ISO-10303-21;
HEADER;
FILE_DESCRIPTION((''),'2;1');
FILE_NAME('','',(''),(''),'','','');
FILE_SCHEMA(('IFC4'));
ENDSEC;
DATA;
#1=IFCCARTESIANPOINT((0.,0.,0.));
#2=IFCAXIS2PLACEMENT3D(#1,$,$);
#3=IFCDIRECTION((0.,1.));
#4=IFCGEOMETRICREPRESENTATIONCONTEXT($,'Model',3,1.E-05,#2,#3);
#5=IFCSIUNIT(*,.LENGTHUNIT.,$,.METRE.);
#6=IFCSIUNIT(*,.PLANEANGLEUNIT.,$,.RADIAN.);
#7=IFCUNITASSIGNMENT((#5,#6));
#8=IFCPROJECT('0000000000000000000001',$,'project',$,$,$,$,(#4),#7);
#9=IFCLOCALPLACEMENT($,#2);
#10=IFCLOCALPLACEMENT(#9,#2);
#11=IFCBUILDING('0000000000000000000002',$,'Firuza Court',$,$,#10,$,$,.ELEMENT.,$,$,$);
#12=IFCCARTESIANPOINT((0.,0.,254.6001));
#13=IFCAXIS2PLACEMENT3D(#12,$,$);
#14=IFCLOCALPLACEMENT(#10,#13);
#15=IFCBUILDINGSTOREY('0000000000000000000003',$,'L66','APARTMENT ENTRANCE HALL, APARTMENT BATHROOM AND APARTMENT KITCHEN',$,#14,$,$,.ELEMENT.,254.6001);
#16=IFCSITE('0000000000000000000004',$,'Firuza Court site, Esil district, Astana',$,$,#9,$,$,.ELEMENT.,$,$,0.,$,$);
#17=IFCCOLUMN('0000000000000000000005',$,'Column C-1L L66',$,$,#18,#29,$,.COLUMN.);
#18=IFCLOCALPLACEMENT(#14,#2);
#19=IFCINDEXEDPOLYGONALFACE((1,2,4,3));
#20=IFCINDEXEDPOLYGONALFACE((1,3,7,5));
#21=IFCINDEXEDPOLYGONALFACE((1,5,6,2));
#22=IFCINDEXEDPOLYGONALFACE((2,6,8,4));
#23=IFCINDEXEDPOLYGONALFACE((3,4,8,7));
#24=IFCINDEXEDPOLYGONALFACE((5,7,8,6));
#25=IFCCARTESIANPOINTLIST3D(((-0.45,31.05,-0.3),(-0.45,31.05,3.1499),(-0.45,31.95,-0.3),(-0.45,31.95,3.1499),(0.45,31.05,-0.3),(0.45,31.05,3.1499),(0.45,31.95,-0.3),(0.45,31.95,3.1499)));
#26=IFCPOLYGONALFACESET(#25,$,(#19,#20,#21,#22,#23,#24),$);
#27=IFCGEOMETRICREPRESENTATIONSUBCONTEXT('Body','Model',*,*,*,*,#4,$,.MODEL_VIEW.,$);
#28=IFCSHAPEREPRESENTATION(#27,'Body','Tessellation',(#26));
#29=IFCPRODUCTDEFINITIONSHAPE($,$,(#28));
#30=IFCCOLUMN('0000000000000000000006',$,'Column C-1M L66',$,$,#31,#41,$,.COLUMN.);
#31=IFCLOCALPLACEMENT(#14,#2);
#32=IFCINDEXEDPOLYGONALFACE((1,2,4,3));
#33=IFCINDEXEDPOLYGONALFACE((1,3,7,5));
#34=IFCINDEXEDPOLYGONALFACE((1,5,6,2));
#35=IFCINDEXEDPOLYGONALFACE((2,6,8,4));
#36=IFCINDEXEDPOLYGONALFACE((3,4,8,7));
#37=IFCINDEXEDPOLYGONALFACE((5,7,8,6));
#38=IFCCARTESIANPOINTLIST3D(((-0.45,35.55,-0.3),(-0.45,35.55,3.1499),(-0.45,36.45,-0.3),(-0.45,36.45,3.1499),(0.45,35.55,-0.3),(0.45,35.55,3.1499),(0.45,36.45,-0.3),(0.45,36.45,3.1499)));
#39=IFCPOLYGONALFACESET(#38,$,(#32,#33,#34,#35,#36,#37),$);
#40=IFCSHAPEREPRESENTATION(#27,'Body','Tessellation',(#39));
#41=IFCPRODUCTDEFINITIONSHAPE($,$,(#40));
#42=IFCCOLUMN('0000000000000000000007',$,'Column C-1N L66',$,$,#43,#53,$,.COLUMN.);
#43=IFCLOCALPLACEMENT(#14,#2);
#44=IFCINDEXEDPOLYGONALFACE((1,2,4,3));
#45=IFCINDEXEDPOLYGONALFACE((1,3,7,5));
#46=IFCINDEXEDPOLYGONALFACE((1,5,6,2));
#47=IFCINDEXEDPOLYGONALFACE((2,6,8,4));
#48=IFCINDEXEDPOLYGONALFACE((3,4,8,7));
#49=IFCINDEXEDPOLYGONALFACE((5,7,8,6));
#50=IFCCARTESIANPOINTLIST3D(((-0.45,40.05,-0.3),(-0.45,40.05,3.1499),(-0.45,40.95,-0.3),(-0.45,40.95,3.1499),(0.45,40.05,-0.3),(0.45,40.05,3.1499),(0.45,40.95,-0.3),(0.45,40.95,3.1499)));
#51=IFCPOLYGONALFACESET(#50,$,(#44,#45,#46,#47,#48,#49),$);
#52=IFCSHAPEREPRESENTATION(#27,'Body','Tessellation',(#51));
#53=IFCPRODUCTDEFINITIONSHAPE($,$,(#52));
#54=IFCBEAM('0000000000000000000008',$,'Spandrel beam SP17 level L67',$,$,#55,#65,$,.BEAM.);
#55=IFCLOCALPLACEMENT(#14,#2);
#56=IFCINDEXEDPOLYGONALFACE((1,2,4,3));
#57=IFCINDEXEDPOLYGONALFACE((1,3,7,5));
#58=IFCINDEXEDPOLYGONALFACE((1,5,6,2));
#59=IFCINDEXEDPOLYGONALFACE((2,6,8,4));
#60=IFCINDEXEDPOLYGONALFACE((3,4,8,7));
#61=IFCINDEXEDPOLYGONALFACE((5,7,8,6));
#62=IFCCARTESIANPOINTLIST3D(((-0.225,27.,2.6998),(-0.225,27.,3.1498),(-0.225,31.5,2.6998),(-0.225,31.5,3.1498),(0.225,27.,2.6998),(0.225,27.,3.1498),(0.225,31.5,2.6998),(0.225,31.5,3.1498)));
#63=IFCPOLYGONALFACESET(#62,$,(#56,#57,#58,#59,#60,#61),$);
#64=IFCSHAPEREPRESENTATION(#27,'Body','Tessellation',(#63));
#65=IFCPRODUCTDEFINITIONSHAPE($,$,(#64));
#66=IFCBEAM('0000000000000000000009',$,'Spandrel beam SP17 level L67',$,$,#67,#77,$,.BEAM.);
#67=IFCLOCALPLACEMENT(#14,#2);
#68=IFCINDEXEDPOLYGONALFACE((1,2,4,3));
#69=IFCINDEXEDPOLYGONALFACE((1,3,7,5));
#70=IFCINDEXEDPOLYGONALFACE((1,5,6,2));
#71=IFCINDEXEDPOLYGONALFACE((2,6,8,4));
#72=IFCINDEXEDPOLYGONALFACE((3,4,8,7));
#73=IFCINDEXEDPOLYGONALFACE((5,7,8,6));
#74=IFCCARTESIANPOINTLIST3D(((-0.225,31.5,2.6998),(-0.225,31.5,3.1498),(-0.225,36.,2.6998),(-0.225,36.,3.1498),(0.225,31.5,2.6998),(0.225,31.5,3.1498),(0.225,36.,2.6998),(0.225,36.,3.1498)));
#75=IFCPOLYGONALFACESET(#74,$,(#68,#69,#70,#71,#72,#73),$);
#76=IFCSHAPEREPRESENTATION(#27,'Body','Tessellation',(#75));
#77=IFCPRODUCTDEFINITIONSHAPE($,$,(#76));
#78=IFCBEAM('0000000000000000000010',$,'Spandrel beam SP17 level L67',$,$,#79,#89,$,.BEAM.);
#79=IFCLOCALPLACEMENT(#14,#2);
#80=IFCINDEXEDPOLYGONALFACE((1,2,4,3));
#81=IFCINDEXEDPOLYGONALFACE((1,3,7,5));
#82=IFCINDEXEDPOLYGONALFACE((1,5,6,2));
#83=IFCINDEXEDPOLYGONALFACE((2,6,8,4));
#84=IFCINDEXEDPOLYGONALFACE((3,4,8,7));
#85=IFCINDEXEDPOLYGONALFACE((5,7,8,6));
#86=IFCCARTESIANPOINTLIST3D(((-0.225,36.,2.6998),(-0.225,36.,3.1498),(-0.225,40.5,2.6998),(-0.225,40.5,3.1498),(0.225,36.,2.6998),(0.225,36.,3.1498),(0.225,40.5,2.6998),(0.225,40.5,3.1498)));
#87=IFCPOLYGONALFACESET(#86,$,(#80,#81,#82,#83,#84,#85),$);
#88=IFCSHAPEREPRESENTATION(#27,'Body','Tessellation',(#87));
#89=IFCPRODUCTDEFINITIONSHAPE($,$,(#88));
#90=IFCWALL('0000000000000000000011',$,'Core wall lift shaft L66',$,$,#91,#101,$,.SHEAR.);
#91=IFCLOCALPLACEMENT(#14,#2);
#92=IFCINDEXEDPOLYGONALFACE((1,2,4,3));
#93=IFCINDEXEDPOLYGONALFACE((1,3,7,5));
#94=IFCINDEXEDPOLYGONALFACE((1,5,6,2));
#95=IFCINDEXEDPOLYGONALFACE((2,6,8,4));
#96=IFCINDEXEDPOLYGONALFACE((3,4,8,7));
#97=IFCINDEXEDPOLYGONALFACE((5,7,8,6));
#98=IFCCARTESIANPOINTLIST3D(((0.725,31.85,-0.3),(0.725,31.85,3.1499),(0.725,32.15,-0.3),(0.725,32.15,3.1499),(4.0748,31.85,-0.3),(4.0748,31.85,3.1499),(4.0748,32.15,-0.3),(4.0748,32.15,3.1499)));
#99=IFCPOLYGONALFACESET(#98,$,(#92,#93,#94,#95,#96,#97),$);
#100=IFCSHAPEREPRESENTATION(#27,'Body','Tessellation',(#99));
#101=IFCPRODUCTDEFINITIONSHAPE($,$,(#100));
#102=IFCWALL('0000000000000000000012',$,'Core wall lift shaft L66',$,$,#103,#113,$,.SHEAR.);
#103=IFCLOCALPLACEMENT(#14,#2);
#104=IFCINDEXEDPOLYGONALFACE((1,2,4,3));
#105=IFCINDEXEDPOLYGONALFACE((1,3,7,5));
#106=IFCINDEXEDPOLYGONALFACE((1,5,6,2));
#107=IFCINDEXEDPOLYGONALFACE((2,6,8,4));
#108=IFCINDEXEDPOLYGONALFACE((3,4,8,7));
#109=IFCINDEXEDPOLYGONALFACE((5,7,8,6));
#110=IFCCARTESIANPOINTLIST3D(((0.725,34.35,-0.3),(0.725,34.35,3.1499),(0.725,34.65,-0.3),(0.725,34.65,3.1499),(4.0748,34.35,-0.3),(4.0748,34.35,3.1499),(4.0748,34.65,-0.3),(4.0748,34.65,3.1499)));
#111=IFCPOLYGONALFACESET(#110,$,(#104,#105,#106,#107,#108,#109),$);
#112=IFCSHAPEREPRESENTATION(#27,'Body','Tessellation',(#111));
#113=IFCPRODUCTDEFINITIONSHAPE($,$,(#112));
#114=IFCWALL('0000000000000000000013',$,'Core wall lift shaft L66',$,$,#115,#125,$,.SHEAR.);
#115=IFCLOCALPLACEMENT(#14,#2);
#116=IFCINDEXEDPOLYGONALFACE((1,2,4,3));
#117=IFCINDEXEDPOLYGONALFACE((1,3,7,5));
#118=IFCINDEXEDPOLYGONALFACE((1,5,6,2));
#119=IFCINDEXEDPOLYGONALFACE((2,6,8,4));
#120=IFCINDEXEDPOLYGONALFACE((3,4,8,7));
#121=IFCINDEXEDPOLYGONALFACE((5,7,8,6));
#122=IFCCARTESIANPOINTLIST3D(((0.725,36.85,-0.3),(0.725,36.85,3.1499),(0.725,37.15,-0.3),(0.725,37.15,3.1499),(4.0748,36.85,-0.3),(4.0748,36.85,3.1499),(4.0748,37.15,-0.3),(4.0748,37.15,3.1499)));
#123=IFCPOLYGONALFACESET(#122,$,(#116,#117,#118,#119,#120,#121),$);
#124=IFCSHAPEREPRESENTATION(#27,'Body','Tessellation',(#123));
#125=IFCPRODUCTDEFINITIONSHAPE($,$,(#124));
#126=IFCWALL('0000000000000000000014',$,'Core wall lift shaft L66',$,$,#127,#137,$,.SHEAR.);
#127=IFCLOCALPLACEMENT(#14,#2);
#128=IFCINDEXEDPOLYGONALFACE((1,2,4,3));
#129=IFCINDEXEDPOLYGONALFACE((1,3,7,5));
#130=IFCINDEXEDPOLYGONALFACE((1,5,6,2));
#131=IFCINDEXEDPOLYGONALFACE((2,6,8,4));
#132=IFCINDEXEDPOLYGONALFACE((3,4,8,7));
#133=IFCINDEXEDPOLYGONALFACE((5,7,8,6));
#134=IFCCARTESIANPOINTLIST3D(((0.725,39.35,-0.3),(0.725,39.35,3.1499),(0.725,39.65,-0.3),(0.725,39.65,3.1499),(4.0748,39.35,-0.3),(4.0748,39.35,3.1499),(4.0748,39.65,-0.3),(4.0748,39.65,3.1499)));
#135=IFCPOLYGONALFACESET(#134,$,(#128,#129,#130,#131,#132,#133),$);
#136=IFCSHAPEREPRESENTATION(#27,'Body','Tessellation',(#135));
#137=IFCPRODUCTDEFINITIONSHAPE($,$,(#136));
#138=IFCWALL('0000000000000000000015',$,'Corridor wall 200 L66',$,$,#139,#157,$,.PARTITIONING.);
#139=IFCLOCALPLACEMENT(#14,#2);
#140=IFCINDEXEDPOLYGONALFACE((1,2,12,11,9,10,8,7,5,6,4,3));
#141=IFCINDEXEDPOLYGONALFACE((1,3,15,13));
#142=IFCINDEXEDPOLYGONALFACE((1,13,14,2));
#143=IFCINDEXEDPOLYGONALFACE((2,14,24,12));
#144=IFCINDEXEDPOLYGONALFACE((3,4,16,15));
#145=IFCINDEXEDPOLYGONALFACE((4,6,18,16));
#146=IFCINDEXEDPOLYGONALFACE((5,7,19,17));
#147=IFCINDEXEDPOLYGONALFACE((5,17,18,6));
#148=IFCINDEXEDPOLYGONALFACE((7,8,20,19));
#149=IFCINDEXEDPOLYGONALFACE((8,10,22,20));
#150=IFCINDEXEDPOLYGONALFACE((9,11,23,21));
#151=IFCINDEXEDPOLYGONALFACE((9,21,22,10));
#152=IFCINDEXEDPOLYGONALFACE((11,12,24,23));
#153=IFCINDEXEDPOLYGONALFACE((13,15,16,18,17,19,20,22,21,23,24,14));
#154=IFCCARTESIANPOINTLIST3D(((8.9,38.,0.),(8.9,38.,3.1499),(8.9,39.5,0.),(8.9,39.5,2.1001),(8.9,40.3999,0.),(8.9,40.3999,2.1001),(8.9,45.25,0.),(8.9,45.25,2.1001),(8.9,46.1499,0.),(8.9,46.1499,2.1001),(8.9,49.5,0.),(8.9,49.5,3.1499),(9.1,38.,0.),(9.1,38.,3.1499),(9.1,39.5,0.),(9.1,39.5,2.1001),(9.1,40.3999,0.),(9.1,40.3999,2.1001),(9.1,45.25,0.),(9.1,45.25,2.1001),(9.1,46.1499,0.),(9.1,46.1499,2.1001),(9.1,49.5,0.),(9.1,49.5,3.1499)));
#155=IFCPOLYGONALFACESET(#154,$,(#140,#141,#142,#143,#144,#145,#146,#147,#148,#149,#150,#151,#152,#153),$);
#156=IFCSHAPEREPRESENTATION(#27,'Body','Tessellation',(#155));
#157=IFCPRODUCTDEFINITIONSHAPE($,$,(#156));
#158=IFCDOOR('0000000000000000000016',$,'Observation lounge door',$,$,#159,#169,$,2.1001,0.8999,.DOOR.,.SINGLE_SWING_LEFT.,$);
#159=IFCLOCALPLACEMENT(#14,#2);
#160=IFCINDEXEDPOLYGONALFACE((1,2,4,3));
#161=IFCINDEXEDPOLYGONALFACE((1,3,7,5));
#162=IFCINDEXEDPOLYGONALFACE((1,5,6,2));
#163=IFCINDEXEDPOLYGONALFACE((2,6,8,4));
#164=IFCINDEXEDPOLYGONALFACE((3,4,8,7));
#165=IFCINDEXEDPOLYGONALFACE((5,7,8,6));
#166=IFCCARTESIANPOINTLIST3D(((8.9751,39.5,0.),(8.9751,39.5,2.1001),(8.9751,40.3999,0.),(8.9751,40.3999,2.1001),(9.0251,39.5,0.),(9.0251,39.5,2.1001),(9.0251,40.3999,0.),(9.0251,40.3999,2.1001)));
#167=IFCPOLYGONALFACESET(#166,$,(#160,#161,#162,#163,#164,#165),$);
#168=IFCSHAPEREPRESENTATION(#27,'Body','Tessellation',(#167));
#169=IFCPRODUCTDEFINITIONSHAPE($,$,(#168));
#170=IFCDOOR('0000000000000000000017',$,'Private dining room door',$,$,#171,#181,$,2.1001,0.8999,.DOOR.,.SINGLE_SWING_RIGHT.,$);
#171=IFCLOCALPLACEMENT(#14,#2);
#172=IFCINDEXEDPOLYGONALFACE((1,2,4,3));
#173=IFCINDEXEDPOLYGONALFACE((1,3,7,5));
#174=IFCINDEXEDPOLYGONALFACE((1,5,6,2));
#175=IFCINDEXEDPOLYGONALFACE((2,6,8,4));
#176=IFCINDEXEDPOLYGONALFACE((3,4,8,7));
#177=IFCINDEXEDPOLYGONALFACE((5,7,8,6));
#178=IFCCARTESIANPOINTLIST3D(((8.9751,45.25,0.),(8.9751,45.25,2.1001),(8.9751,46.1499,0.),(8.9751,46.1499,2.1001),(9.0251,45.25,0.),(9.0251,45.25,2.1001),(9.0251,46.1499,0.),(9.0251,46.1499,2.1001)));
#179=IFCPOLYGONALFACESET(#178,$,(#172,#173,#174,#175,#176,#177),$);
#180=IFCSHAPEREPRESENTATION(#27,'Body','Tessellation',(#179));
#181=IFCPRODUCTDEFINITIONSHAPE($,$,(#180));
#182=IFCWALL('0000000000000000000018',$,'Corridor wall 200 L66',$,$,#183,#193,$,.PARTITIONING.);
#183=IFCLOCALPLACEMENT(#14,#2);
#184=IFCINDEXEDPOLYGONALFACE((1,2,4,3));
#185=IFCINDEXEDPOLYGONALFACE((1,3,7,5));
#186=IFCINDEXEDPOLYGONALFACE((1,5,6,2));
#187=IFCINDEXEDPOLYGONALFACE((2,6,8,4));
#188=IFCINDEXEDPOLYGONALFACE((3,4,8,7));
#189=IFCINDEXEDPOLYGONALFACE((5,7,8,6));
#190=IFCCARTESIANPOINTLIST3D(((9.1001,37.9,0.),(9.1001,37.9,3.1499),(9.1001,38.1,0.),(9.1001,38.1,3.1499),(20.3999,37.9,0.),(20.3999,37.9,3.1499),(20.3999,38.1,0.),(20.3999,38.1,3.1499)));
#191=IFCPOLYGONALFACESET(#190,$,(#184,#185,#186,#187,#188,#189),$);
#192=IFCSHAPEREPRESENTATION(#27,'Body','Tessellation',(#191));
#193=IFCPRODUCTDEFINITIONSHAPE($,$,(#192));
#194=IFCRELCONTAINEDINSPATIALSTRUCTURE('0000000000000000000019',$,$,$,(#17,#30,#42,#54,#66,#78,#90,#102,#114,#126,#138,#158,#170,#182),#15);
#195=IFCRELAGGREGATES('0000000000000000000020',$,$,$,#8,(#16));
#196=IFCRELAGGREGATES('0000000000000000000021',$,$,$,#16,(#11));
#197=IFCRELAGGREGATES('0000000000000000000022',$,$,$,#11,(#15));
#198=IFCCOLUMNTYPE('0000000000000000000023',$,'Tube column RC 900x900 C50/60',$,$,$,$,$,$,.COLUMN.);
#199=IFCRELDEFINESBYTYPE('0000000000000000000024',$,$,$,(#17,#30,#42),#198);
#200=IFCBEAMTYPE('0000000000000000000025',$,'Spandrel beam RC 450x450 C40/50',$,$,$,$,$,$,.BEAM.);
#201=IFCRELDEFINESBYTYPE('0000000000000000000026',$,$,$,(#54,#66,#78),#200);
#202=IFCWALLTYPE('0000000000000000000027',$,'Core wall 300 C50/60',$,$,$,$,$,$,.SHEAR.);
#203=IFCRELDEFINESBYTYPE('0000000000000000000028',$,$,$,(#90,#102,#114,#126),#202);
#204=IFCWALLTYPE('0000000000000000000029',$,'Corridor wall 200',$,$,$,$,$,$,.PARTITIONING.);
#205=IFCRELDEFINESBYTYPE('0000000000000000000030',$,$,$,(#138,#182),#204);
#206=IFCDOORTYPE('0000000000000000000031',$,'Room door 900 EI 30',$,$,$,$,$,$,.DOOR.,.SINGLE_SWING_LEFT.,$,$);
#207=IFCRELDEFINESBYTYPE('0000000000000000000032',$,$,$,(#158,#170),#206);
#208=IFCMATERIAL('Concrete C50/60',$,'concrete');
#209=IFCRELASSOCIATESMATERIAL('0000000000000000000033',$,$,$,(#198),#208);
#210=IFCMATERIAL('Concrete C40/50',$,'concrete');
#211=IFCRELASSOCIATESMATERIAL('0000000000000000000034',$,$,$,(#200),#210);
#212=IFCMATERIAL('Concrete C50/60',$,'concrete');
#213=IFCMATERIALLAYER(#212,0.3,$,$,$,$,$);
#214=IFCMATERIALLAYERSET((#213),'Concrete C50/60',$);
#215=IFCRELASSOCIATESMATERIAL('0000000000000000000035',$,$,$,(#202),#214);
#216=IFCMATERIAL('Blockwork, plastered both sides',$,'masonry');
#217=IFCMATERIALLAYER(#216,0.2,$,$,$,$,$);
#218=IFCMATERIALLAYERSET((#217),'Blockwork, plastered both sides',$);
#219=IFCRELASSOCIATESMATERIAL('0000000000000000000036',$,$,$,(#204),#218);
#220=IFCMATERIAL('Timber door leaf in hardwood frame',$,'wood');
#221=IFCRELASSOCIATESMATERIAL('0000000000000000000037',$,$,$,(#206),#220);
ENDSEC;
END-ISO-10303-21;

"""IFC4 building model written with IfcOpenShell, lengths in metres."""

from ifc_helpers import new_model, si_unit, direction, frame, frame_2d, origin, origin_2d, place, context, subcontext, project, spatial, rectangle, extrude, material, layer, layer_set, material_profile, profile_set, type_object, element, fill, save


model = new_model("IFC4")

# Units and contexts
model_context = context("Model", 3, precision=1e-05, world=origin(), true_north=direction((0.0, 1.0)))
body_context = subcontext(model_context, "Body", "Model", "MODEL_VIEW")
ifc_project = project(units=[si_unit("LENGTHUNIT", "METRE"), si_unit("PLANEANGLEUNIT", "RADIAN")], contexts=[model_context])

# Site, building, storey
site_placement = place(None, origin())
site = spatial("IfcSite", under=ifc_project, at=site_placement, Name="Firuza Court site, Esil district, Astana", CompositionType="ELEMENT", RefElevation=0.0)
building_placement = place(site_placement, origin())
building = spatial("IfcBuilding", under=site, at=building_placement, Name="Firuza Court", CompositionType="ELEMENT")
storey_placement = place(building_placement, frame((0.0, 0.0, 254.6001)))
storey = spatial("IfcBuildingStorey", under=building, at=storey_placement, Name="L66", Description="APARTMENT ENTRANCE HALL, APARTMENT BATHROOM AND APARTMENT KITCHEN", CompositionType="ELEMENT", Elevation=254.6001)

# Columns
ifc_material_1 = material(Name="Concrete C50/60", Category="concrete")
ifc_material_profile_1 = material_profile(ifc_material_1, rectangle(XDim=0.8999, YDim=0.8999, at=origin_2d()), Name="RC 900x900")
ifc_profile_set_1 = profile_set([ifc_material_profile_1], Name="Concrete C50/60")
column_type = type_object("IfcColumnType", Name="Tube column RC 900x900 C50/60", PredefinedType="COLUMN", material=ifc_profile_set_1)
for number, where, z_axis, x_axis, name in (
    (1, (0.0, 31.5, -0.3), (0.0, 0.0, 1.0), (1.0, 0.0, 0.0), "Column C-1L L66"),
    (2, (0.0, 36.0, -0.3), (0.0, 0.0, 1.0), (1.0, 0.0, 0.0), "Column C-1M L66"),
    (3, (0.0, 40.5, -0.3), (0.0, 0.0, 1.0), (1.0, 0.0, 0.0), "Column C-1N L66"),
):
    element("IfcColumn", number, at=place(storey_placement, frame(where, z_axis=z_axis, x_axis=x_axis)), inside=storey, type_object=column_type, Name=name, PredefinedType="COLUMN", context=body_context, shape_type="SweptSolid", body=[
        extrude(rectangle(XDim=0.8999, YDim=0.8999, at=origin_2d()), origin(), (0.0, 0.0, 1.0), 3.45),
    ])

# Beams
ifc_material_2 = material(Name="Concrete C40/50", Category="concrete")
ifc_material_profile_2 = material_profile(ifc_material_2, rectangle(XDim=0.45, YDim=0.45, at=origin_2d()), Name="RC 450x450")
ifc_profile_set_2 = profile_set([ifc_material_profile_2], Name="Concrete C40/50")
beam_type = type_object("IfcBeamType", Name="Spandrel beam RC 450x450 C40/50", PredefinedType="BEAM", material=ifc_profile_set_2)
for number, where, z_axis, x_axis, name in (
    (4, (0.0, 31.5, 2.9248), (0.0, -1.0, 0.0), (1.0, 0.0, 0.0), "Spandrel beam SP17 level L67"),
    (5, (0.0, 36.0, 2.9248), (0.0, -1.0, 0.0), (1.0, 0.0, 0.0), "Spandrel beam SP17 level L67"),
    (6, (0.0, 40.5, 2.9248), (0.0, -1.0, 0.0), (1.0, 0.0, 0.0), "Spandrel beam SP17 level L67"),
):
    element("IfcBeam", number, at=place(storey_placement, frame(where, z_axis=z_axis, x_axis=x_axis)), inside=storey, type_object=beam_type, Name=name, PredefinedType="BEAM", context=body_context, shape_type="SweptSolid", body=[
        extrude(rectangle(XDim=0.45, YDim=0.45, at=origin_2d()), origin(), (0.0, 0.0, 1.0), 4.5),
    ])

# Walls
ifc_material_3 = material(Name="Concrete C50/60", Category="concrete")
ifc_layer_1 = layer(ifc_material_3, 0.3)
ifc_layer_set_1 = layer_set([ifc_layer_1], Name="Concrete C50/60")
wall_type_1 = type_object("IfcWallType", Name="Core wall 300 C50/60", PredefinedType="SHEAR", material=ifc_layer_set_1)
for number, where, z_axis, x_axis, name in (
    (7, (0.7251, 32.0, -0.3), (0.0, 0.0, 1.0), (1.0, 0.0, 0.0), "Core wall lift shaft L66"),
    (8, (0.7251, 34.5, -0.3), (0.0, 0.0, 1.0), (1.0, 0.0, 0.0), "Core wall lift shaft L66"),
    (9, (0.7251, 37.0, -0.3), (0.0, 0.0, 1.0), (1.0, 0.0, 0.0), "Core wall lift shaft L66"),
    (10, (0.7251, 39.5, -0.3), (0.0, 0.0, 1.0), (1.0, 0.0, 0.0), "Core wall lift shaft L66"),
):
    element("IfcWall", number, at=place(storey_placement, frame(where, z_axis=z_axis, x_axis=x_axis)), inside=storey, type_object=wall_type_1, Name=name, PredefinedType="SHEAR", context=body_context, shape_type="SweptSolid", body=[
        extrude(rectangle(XDim=3.3499, YDim=0.3, at=frame_2d((1.6748, 0.0))), origin(), (0.0, 0.0, 1.0), 3.45),
    ])

# Wall, openings, doors
ifc_material_4 = material(Name="Blockwork, plastered both sides", Category="masonry")
ifc_layer_2 = layer(ifc_material_4, 0.2)
ifc_layer_set_2 = layer_set([ifc_layer_2], Name="Blockwork, plastered both sides")
wall_type_2 = type_object("IfcWallType", Name="Corridor wall 200", PredefinedType="PARTITIONING", material=ifc_layer_set_2)
wall_1_placement = place(storey_placement, frame((9.0, 38.0, 0.0), z_axis=(0.0, 0.0, 1.0), x_axis=(0.0, 1.0, 0.0)))
wall_1 = element("IfcWall", 11, at=wall_1_placement, inside=storey, type_object=wall_type_2, Name="Corridor wall 200 L66", PredefinedType="PARTITIONING", context=body_context, shape_type="SweptSolid", body=[
    extrude(rectangle(XDim=11.5, YDim=0.2, at=frame_2d((5.75, 0.0))), origin(), (0.0, 0.0, 1.0), 3.1499),
])
opening_1_placement = place(wall_1_placement, frame((1.5, 0.0, 0.0)))
opening_1 = element("IfcOpeningElement", 12, at=opening_1_placement, cuts=wall_1, PredefinedType="OPENING", context=body_context, shape_type="SweptSolid", body=[
    extrude(rectangle(XDim=0.8999, YDim=2.1001, at=frame_2d((0.45, 1.05))), frame((0.0, 0.1118, 0.0), z_axis=(0.0, -1.0, 0.0), x_axis=(1.0, 0.0, 0.0)), (0.0, 0.0, 1.0), 0.2239),
])
opening_2_placement = place(wall_1_placement, frame((7.25, 0.0, 0.0)))
opening_2 = element("IfcOpeningElement", 13, at=opening_2_placement, cuts=wall_1, PredefinedType="OPENING", context=body_context, shape_type="SweptSolid", body=[
    extrude(rectangle(XDim=0.8999, YDim=2.1001, at=frame_2d((0.45, 1.05))), frame((0.0, 0.1118, 0.0), z_axis=(0.0, -1.0, 0.0), x_axis=(1.0, 0.0, 0.0)), (0.0, 0.0, 1.0), 0.2239),
])
ifc_material_5 = material(Name="Timber door leaf in hardwood frame", Category="wood")
door_type_1 = type_object("IfcDoorType", Name="Room door 900 EI 30", OperationType="SINGLE_SWING_LEFT", PredefinedType="DOOR", material=ifc_material_5)
door_1_placement = place(opening_1_placement, origin())
door_1 = element("IfcDoor", 14, at=door_1_placement, inside=storey, type_object=door_type_1, Name="Observation lounge door", OperationType="SINGLE_SWING_LEFT", OverallHeight=2.1001, OverallWidth=0.8999, PredefinedType="DOOR", context=body_context, shape_type="SweptSolid", body=[
    extrude(rectangle(XDim=0.8999, YDim=2.1001, at=frame_2d((0.45, 1.05))), frame((0.0, 0.0249, 0.0), z_axis=(0.0, -1.0, 0.0), x_axis=(1.0, 0.0, 0.0)), (0.0, 0.0, 1.0), 0.05),
])
fill(opening_1, door_1)
door_2_placement = place(opening_2_placement, origin())
door_2 = element("IfcDoor", 15, at=door_2_placement, inside=storey, type_object=door_type_1, Name="Private dining room door", OperationType="SINGLE_SWING_RIGHT", OverallHeight=2.1001, OverallWidth=0.8999, PredefinedType="DOOR", context=body_context, shape_type="SweptSolid", body=[
    extrude(rectangle(XDim=0.8999, YDim=2.1001, at=frame_2d((0.45, 1.05))), frame((0.0, 0.0249, 0.0), z_axis=(0.0, -1.0, 0.0), x_axis=(1.0, 0.0, 0.0)), (0.0, 0.0, 1.0), 0.05),
])
fill(opening_2, door_2)

# Wall
wall_2_placement = place(storey_placement, frame((9.1001, 38.0, 0.0), z_axis=(0.0, 0.0, 1.0), x_axis=(1.0, 0.0, 0.0)))
element("IfcWall", 16, at=wall_2_placement, inside=storey, type_object=wall_type_2, Name="Corridor wall 200 L66", PredefinedType="PARTITIONING", context=body_context, shape_type="SweptSolid", body=[
    extrude(rectangle(XDim=11.2998, YDim=0.2, at=frame_2d((5.6499, 0.0))), origin(), (0.0, 0.0, 1.0), 3.1499),
])

save(model, "model.ifc")
